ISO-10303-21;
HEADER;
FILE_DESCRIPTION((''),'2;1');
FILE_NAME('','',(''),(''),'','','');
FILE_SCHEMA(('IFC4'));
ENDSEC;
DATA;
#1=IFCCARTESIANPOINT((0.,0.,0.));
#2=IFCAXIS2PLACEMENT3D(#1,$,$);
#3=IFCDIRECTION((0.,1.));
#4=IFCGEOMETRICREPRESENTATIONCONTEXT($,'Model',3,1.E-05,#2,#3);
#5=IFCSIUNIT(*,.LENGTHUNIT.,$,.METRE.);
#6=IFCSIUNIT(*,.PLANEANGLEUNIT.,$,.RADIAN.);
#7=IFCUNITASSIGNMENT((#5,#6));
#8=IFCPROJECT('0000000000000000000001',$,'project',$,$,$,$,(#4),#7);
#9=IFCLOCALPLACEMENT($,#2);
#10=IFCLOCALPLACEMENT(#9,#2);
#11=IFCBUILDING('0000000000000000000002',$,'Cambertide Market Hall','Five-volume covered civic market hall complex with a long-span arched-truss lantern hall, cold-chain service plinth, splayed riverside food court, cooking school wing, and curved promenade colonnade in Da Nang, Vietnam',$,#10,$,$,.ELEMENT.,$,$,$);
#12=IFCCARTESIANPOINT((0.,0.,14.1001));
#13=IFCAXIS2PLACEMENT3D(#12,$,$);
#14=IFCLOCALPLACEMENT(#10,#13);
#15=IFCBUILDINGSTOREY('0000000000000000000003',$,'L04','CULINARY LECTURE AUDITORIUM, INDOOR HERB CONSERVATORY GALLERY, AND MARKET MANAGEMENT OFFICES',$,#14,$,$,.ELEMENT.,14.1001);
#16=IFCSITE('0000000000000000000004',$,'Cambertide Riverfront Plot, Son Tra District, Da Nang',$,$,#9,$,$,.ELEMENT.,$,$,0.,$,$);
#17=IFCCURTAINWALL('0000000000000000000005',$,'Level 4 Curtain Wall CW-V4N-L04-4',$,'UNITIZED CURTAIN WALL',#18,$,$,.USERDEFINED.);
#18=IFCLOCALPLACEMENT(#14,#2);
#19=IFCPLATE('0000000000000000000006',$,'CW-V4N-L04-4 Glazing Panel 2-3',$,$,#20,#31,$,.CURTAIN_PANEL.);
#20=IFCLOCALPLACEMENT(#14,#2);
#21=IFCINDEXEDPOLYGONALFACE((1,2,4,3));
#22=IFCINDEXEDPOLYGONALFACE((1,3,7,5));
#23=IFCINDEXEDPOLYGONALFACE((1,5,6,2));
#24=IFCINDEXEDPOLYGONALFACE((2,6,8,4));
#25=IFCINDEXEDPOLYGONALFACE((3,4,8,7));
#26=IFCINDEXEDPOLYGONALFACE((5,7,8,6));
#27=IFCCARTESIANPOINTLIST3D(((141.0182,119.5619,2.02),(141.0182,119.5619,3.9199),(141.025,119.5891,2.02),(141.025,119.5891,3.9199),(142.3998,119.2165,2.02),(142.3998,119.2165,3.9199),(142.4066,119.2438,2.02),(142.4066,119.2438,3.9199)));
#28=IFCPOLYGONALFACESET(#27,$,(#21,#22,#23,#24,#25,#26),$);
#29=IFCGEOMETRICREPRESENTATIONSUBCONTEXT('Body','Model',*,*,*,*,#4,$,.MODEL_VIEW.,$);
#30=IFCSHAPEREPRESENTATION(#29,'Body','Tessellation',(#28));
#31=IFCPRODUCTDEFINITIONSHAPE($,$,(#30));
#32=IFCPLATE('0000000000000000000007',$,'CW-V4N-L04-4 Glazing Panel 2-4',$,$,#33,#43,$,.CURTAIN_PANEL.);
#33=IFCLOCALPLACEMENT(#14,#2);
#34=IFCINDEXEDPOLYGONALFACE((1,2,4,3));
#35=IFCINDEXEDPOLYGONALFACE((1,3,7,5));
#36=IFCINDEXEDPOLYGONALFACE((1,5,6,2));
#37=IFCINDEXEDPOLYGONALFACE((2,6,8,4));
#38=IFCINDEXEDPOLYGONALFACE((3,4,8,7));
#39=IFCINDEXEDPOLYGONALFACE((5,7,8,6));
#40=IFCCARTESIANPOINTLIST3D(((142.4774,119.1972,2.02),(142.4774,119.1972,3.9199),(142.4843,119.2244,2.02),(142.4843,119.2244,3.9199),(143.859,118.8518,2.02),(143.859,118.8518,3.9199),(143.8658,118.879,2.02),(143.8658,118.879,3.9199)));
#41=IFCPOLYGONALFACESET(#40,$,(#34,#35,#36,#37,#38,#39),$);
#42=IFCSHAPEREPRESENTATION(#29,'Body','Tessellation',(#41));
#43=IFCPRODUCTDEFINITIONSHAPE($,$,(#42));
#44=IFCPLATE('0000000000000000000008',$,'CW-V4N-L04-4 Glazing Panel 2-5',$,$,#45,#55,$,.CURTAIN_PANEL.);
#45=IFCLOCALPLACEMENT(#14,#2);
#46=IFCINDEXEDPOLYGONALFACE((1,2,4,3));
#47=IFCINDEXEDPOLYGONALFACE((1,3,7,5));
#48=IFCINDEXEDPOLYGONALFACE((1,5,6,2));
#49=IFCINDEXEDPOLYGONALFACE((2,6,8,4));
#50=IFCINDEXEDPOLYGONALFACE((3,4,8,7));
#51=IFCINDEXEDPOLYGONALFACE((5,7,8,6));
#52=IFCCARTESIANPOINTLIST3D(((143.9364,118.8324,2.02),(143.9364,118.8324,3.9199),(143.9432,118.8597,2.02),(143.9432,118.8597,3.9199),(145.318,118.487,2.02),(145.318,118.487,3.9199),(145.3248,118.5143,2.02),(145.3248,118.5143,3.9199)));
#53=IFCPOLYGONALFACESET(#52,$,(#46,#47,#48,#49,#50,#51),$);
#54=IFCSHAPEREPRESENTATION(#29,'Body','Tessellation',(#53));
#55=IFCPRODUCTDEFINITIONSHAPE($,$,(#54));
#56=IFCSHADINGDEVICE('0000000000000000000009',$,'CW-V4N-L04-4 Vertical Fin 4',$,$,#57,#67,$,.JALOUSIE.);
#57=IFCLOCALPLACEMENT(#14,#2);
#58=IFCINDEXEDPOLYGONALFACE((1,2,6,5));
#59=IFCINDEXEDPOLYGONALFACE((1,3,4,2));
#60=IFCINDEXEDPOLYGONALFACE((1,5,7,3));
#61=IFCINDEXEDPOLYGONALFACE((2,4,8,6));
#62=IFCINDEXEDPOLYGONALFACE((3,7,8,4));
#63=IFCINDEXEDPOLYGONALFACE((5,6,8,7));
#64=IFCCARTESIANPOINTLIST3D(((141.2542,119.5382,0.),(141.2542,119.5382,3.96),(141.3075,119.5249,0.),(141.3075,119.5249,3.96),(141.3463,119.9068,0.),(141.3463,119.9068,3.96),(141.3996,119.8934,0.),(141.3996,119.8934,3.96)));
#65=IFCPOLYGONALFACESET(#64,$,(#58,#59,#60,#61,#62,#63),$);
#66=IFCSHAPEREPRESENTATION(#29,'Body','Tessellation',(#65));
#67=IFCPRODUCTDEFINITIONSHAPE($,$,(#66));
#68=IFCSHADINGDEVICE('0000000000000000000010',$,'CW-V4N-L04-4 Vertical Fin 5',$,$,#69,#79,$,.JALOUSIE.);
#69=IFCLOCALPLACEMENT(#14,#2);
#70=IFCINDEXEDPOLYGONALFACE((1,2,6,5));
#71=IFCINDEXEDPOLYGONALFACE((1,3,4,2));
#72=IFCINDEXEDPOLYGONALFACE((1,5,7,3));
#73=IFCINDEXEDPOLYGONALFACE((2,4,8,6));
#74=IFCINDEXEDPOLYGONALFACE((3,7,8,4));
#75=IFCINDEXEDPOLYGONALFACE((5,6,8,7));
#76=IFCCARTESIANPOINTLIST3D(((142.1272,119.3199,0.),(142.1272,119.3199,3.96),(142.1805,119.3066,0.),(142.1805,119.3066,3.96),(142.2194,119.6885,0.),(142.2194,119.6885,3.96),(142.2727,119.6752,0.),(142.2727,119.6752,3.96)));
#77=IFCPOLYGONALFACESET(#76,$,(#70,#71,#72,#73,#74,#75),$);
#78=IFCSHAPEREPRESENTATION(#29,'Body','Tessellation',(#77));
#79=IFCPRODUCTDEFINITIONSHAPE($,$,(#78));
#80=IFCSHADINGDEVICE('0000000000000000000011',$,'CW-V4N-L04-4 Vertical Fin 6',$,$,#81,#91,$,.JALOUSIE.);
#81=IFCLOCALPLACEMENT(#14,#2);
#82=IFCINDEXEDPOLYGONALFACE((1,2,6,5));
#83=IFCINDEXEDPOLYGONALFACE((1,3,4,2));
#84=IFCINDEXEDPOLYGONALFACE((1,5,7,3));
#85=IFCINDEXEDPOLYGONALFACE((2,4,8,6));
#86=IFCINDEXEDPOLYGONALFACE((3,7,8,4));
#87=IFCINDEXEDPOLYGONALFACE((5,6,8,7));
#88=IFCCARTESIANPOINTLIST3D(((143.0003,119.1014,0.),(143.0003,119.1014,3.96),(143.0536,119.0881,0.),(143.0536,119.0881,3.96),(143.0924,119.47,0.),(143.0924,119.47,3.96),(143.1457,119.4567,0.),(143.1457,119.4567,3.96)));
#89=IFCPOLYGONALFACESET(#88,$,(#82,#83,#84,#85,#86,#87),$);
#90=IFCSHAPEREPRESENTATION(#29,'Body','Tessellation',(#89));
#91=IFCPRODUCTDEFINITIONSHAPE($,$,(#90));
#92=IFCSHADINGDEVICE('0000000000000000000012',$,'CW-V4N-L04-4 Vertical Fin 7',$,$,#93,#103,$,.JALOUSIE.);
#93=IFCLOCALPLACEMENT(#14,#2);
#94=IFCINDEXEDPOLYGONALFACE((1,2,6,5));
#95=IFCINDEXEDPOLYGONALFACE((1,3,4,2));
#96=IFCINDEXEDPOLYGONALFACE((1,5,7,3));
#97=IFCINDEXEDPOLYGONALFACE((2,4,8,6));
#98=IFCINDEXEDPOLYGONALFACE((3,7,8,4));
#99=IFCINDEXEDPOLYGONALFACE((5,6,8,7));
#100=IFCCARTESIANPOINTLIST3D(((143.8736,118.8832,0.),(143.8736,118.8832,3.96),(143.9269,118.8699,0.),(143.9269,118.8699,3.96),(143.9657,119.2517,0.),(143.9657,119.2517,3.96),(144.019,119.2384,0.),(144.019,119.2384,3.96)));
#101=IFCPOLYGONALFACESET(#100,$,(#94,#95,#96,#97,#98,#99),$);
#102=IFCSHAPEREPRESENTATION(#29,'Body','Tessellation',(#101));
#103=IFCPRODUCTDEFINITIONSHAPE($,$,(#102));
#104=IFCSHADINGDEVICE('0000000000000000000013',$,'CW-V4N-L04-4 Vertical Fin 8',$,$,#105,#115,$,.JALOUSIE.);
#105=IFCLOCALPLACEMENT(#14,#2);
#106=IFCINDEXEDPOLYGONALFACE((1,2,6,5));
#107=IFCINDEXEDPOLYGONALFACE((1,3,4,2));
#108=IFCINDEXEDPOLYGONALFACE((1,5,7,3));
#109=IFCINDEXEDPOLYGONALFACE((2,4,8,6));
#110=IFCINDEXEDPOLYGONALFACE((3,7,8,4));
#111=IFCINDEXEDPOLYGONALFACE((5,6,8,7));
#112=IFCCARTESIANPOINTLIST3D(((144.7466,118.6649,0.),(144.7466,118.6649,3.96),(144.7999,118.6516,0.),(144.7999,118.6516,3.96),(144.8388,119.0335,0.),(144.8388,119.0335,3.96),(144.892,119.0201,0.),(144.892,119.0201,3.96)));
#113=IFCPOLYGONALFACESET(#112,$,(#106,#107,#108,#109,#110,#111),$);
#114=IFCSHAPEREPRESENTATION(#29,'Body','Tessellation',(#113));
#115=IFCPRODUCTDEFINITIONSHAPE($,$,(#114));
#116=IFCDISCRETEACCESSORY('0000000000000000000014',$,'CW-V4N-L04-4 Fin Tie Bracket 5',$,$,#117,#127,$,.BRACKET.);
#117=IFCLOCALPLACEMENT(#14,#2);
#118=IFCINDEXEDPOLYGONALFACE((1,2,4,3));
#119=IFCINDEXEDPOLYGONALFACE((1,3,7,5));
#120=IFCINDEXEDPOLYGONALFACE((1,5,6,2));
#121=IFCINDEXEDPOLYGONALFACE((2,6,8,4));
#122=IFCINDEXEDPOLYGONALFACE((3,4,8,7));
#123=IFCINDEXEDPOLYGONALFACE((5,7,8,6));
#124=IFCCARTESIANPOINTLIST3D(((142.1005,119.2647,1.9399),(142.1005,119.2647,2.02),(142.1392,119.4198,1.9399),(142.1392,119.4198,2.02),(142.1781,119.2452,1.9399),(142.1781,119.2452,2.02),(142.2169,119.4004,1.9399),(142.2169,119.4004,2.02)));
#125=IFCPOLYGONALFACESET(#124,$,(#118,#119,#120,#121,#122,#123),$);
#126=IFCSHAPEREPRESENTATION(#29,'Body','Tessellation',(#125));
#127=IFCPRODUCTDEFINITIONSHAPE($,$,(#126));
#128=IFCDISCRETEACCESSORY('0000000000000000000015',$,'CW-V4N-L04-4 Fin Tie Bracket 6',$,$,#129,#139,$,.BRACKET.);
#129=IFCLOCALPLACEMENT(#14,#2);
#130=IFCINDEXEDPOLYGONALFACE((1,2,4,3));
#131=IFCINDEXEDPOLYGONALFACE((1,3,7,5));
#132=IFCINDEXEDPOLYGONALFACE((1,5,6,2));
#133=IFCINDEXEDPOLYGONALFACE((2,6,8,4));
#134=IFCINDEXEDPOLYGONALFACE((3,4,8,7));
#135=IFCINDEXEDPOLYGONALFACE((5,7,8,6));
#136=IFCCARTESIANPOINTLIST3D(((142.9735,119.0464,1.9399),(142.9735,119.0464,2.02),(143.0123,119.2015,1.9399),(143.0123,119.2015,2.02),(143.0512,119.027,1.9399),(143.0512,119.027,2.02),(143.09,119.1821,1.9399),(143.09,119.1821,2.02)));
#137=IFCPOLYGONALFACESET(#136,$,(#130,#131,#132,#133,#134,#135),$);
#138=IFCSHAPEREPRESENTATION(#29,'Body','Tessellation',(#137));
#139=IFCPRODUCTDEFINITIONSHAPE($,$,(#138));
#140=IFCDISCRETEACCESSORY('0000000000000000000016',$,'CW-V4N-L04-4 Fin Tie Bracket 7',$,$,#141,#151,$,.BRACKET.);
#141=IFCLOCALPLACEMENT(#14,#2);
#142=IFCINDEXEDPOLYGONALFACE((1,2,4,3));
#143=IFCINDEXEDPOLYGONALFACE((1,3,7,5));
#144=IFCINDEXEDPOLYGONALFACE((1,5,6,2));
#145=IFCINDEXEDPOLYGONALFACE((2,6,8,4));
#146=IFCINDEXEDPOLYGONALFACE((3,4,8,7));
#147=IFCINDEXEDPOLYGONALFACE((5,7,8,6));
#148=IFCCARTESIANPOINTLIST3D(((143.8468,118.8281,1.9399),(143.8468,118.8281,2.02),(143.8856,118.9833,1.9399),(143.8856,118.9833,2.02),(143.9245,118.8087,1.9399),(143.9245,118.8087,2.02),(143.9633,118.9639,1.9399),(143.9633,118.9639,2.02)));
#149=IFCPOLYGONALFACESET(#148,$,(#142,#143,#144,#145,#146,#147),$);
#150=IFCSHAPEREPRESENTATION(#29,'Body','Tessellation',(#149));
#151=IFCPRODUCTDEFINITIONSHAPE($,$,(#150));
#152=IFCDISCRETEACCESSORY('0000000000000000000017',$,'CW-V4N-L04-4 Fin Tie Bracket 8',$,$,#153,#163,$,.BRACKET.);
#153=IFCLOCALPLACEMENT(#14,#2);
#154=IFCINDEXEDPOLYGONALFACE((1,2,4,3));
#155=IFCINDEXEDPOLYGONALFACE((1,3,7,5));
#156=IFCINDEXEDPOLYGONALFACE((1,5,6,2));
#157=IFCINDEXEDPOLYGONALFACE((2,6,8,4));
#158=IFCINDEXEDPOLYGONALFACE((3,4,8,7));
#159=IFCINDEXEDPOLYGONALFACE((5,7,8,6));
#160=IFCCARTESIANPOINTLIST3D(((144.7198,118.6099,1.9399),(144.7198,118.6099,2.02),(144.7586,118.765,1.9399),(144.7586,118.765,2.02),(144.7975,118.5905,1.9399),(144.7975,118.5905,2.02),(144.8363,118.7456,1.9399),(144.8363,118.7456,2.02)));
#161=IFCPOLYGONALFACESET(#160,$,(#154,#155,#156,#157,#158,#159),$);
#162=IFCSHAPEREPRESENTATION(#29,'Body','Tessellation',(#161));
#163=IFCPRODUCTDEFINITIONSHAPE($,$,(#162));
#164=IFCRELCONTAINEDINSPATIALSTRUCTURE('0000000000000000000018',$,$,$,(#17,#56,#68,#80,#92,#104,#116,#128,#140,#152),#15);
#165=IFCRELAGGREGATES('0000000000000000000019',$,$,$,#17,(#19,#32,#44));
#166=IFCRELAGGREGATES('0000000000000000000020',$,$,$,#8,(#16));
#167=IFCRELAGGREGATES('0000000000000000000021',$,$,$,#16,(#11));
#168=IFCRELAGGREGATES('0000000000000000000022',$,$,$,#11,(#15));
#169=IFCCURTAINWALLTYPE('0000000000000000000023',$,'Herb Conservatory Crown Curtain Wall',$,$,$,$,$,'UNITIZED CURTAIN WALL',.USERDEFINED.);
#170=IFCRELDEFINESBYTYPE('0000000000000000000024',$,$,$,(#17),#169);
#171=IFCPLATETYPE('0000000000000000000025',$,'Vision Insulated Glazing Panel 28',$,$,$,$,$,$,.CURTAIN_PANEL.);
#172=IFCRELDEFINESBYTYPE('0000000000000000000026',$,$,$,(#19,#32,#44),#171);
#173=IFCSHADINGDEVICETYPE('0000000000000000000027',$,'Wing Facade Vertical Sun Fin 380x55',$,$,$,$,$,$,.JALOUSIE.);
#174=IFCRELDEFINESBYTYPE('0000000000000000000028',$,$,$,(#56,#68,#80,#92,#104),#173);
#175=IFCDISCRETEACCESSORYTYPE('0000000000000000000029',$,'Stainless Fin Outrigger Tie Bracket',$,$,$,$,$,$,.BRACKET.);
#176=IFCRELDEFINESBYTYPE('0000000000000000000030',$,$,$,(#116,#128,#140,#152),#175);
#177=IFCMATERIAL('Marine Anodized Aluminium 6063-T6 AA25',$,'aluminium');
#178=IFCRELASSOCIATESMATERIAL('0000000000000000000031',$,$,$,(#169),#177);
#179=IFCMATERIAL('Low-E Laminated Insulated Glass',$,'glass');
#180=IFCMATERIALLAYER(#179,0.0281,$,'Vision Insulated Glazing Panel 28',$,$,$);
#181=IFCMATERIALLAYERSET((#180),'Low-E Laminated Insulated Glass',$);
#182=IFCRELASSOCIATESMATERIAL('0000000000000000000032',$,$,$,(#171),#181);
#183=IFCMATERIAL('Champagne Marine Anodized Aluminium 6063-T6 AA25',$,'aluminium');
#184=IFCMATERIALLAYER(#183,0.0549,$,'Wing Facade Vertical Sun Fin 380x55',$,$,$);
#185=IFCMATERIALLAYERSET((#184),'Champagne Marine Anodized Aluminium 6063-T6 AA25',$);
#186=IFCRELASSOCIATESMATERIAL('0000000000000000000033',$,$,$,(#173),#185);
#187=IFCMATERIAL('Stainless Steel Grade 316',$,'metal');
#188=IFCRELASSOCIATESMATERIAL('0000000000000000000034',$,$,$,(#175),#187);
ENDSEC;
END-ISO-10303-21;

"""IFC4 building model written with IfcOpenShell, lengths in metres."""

from ifc_helpers import new_model, si_unit, direction, frame, origin, origin_2d, place, context, subcontext, project, spatial, rectangle, extrude, material, layer, layer_set, type_object, element, aggregate, save


model = new_model("IFC4")

# Units and contexts
model_context = context("Model", 3, precision=1e-05, world=origin(), true_north=direction((0.0, 1.0)))
body_context = subcontext(model_context, "Body", "Model", "MODEL_VIEW")
ifc_project = project(units=[si_unit("LENGTHUNIT", "METRE"), si_unit("PLANEANGLEUNIT", "RADIAN")], contexts=[model_context])

# Site, building, storey
site_placement = place(None, origin())
site = spatial("IfcSite", under=ifc_project, at=site_placement, Name="Cambertide Riverfront Plot, Son Tra District, Da Nang", CompositionType="ELEMENT", RefElevation=0.0)
building_placement = place(site_placement, origin())
building = spatial("IfcBuilding", under=site, at=building_placement, Name="Cambertide Market Hall", Description="Five-volume covered civic market hall complex with a long-span arched-truss lantern hall, cold-chain service plinth, splayed riverside food court, cooking school wing, and curved promenade colonnade in Da Nang, Vietnam", CompositionType="ELEMENT")
storey_placement = place(building_placement, frame((0.0, 0.0, 14.1001)))
storey = spatial("IfcBuildingStorey", under=building, at=storey_placement, Name="L04", Description="CULINARY LECTURE AUDITORIUM, INDOOR HERB CONSERVATORY GALLERY, AND MARKET MANAGEMENT OFFICES", CompositionType="ELEMENT", Elevation=14.1001)

# Curtain wall, plates
ifc_material_1 = material(Name="Marine Anodized Aluminium 6063-T6 AA25", Category="aluminium")
curtain_wall_type = type_object("IfcCurtainWallType", Name="Herb Conservatory Crown Curtain Wall", ElementType="UNITIZED CURTAIN WALL", PredefinedType="USERDEFINED", material=ifc_material_1)
curtain_wall_placement = place(storey_placement, origin())
curtain_wall = element("IfcCurtainWall", 1, at=curtain_wall_placement, inside=storey, type_object=curtain_wall_type, Name="Level 4 Curtain Wall CW-V4N-L04-4", ObjectType="UNITIZED CURTAIN WALL", PredefinedType="USERDEFINED")
ifc_material_2 = material(Name="Low-E Laminated Insulated Glass", Category="glass")
ifc_layer_1 = layer(ifc_material_2, 0.0281, Name="Vision Insulated Glazing Panel 28")
ifc_layer_set_1 = layer_set([ifc_layer_1], Name="Low-E Laminated Insulated Glass")
plate_type = type_object("IfcPlateType", Name="Vision Insulated Glazing Panel 28", PredefinedType="CURTAIN_PANEL", material=ifc_layer_set_1)
plate_1_placement = place(storey_placement, frame((141.7124, 119.4028, 2.02), z_axis=(0.0, 0.0, 1.0), x_axis=(0.970143, -0.242536, 0.0)))
plate_1 = element("IfcPlate", 2, at=plate_1_placement, type_object=plate_type, Name="CW-V4N-L04-4 Glazing Panel 2-3", PredefinedType="CURTAIN_PANEL", context=body_context, shape_type="SweptSolid", body=[
    extrude(rectangle(XDim=1.4241, YDim=0.0281, at=origin_2d()), origin(), (0.0, 0.0, 1.0), 1.8999),
])
plate_2_placement = place(storey_placement, frame((143.1716, 119.0381, 2.02), z_axis=(0.0, 0.0, 1.0), x_axis=(0.970143, -0.242536, 0.0)))
plate_2 = element("IfcPlate", 3, at=plate_2_placement, type_object=plate_type, Name="CW-V4N-L04-4 Glazing Panel 2-4", PredefinedType="CURTAIN_PANEL", context=body_context, shape_type="SweptSolid", body=[
    extrude(rectangle(XDim=1.4241, YDim=0.0281, at=origin_2d()), origin(), (0.0, 0.0, 1.0), 1.8999),
])
plate_3_placement = place(storey_placement, frame((144.6306, 118.6733, 2.02), z_axis=(0.0, 0.0, 1.0), x_axis=(0.970143, -0.242536, 0.0)))
plate_3 = element("IfcPlate", 4, at=plate_3_placement, type_object=plate_type, Name="CW-V4N-L04-4 Glazing Panel 2-5", PredefinedType="CURTAIN_PANEL", context=body_context, shape_type="SweptSolid", body=[
    extrude(rectangle(XDim=1.4241, YDim=0.0281, at=origin_2d()), origin(), (0.0, 0.0, 1.0), 1.8999),
])
aggregate(curtain_wall, [plate_1, plate_2, plate_3])

# Shading devices
ifc_material_3 = material(Name="Champagne Marine Anodized Aluminium 6063-T6 AA25", Category="aluminium")
ifc_layer_2 = layer(ifc_material_3, 0.0549, Name="Wing Facade Vertical Sun Fin 380x55")
ifc_layer_set_2 = layer_set([ifc_layer_2], Name="Champagne Marine Anodized Aluminium 6063-T6 AA25")
shading_device_type = type_object("IfcShadingDeviceType", Name="Wing Facade Vertical Sun Fin 380x55", PredefinedType="JALOUSIE", material=ifc_layer_set_2)
for number, where, z_axis, x_axis, name in (
    (5, (141.3269, 119.7158, 0.0), (0.0, 0.0, 1.0), (0.970143, -0.242536, 0.0), "CW-V4N-L04-4 Vertical Fin 4"),
    (6, (142.2, 119.4976, 0.0), (0.0, 0.0, 1.0), (0.970143, -0.242536, 0.0), "CW-V4N-L04-4 Vertical Fin 5"),
    (7, (143.073, 119.2791, 0.0), (0.0, 0.0, 1.0), (0.970143, -0.242536, 0.0), "CW-V4N-L04-4 Vertical Fin 6"),
    (8, (143.9463, 119.0608, 0.0), (0.0, 0.0, 1.0), (0.970143, -0.242536, 0.0), "CW-V4N-L04-4 Vertical Fin 7"),
    (9, (144.8193, 118.8425, 0.0), (0.0, 0.0, 1.0), (0.970143, -0.242536, 0.0), "CW-V4N-L04-4 Vertical Fin 8"),
):
    element("IfcShadingDevice", number, at=place(storey_placement, frame(where, z_axis=z_axis, x_axis=x_axis)), inside=storey, type_object=shading_device_type, Name=name, PredefinedType="JALOUSIE", context=body_context, shape_type="SweptSolid", body=[
        extrude(rectangle(XDim=0.0549, YDim=0.3799, at=origin_2d()), origin(), (0.0, 0.0, 1.0), 3.96),
    ])

# Discrete accessories
ifc_material_4 = material(Name="Stainless Steel Grade 316", Category="metal")
discrete_accessory_type = type_object("IfcDiscreteAccessoryType", Name="Stainless Fin Outrigger Tie Bracket", PredefinedType="BRACKET", material=ifc_material_4)
for number, where, z_axis, x_axis, name in (
    (10, (142.1587, 119.3325, 1.9399), (0.0, 0.0, 1.0), (0.970143, -0.242536, 0.0), "CW-V4N-L04-4 Fin Tie Bracket 5"),
    (11, (143.0317, 119.1143, 1.9399), (0.0, 0.0, 1.0), (0.970143, -0.242536, 0.0), "CW-V4N-L04-4 Fin Tie Bracket 6"),
    (12, (143.905, 118.896, 1.9399), (0.0, 0.0, 1.0), (0.970143, -0.242536, 0.0), "CW-V4N-L04-4 Fin Tie Bracket 7"),
    (13, (144.7781, 118.6777, 1.9399), (0.0, 0.0, 1.0), (0.970143, -0.242536, 0.0), "CW-V4N-L04-4 Fin Tie Bracket 8"),
):
    element("IfcDiscreteAccessory", number, at=place(storey_placement, frame(where, z_axis=z_axis, x_axis=x_axis)), inside=storey, type_object=discrete_accessory_type, Name=name, PredefinedType="BRACKET", context=body_context, shape_type="SweptSolid", body=[
        extrude(rectangle(XDim=0.0801, YDim=0.1599, at=origin_2d()), origin(), (0.0, 0.0, 1.0), 0.0801),
    ])

save(model, "model.ifc")
